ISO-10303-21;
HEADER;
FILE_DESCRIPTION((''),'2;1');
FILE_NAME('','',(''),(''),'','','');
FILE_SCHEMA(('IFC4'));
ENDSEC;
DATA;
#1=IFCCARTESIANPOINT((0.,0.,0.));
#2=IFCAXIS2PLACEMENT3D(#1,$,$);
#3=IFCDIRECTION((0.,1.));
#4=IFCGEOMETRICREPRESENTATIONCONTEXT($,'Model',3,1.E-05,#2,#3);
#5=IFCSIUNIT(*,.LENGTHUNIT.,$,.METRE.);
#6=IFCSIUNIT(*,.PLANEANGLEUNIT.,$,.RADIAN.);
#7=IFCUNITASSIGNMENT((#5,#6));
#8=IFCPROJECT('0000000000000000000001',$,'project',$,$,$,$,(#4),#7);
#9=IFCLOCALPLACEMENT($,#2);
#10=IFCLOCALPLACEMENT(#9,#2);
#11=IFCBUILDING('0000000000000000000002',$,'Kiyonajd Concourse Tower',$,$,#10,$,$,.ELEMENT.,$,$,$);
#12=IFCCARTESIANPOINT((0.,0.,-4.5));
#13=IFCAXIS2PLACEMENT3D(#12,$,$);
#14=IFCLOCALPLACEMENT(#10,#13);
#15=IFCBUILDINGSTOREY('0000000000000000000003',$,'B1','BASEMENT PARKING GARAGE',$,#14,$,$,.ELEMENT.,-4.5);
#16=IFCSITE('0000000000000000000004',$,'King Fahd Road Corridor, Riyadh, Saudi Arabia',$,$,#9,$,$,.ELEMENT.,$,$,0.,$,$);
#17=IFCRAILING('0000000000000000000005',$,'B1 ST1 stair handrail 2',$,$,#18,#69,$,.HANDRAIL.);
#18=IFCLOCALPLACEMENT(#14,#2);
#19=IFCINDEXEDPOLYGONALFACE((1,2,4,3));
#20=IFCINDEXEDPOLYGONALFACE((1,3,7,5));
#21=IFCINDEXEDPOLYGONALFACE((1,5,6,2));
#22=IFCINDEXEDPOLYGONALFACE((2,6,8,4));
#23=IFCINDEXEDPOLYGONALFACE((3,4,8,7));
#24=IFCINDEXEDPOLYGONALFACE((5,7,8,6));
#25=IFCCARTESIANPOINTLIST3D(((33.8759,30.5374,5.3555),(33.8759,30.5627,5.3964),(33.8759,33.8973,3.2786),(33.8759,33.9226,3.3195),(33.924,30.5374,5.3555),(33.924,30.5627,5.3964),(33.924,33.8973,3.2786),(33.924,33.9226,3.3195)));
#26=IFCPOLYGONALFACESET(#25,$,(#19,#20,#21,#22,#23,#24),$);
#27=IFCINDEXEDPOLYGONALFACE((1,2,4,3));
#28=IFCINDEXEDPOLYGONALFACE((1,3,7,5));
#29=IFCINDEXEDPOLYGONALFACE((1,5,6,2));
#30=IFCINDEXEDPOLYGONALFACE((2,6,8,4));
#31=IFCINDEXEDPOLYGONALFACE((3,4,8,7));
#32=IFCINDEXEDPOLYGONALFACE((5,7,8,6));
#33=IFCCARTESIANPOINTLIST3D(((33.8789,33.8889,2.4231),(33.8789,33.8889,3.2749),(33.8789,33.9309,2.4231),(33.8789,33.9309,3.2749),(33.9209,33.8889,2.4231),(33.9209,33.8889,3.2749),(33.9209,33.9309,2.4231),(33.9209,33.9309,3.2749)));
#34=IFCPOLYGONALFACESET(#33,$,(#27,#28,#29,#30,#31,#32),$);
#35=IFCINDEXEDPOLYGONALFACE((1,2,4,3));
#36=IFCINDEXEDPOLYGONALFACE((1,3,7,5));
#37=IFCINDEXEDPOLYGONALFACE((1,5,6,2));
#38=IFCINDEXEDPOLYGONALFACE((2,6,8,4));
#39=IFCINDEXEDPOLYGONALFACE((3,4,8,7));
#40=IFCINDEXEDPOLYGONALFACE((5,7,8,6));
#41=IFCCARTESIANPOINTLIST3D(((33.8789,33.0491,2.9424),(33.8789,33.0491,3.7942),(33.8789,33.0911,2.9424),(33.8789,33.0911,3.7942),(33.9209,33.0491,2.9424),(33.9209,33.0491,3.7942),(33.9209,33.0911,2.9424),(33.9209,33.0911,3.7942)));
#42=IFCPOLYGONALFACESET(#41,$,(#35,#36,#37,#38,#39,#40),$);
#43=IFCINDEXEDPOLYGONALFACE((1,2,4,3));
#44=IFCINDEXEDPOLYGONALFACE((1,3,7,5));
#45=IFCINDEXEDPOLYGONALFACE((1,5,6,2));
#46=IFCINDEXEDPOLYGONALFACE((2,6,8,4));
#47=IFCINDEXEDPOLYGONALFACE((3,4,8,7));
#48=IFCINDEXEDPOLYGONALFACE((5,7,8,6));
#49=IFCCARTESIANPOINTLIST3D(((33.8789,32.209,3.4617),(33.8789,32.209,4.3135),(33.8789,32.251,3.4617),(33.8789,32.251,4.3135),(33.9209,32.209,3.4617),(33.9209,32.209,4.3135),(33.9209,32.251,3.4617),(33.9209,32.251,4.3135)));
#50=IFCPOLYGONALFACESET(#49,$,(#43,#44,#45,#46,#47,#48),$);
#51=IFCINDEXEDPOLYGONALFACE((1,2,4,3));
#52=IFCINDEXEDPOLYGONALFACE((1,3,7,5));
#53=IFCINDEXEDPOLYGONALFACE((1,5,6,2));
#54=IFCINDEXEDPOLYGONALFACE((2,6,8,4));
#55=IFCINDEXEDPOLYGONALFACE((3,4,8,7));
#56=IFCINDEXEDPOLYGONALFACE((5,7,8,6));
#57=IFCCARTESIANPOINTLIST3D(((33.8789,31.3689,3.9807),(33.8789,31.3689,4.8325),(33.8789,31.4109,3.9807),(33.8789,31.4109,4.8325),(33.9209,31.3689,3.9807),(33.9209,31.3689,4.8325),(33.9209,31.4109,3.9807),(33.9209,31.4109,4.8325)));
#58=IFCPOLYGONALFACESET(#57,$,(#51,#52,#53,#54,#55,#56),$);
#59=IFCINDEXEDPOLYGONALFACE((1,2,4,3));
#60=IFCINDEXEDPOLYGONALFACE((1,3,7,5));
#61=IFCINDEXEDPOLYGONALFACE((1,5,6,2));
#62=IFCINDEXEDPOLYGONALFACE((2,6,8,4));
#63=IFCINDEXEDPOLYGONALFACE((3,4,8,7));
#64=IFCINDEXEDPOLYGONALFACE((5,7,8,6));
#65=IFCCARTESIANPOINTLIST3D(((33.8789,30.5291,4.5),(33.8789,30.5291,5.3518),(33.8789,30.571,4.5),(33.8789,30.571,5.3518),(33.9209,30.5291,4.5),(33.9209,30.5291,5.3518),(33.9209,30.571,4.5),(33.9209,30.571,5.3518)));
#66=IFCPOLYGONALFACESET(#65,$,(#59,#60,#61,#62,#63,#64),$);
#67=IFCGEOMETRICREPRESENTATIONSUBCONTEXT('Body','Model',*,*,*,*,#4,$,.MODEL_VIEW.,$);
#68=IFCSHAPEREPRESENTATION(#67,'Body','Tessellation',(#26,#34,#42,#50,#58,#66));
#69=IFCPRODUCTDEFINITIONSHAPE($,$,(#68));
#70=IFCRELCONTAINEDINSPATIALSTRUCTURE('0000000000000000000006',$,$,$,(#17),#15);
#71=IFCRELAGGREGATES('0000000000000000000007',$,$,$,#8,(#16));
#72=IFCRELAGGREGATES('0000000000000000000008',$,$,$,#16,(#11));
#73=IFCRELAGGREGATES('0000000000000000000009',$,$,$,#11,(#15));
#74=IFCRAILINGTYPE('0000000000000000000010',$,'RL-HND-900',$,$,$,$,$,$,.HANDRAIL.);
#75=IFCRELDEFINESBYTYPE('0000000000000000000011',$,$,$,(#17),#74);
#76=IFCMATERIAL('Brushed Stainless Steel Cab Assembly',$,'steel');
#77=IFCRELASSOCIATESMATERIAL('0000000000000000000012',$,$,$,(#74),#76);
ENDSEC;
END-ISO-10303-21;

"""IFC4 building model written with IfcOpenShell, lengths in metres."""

from ifc_helpers import new_model, si_unit, direction, frame, origin, origin_2d, place, context, subcontext, project, spatial, rectangle, extrude, material, type_object, element, save


model = new_model("IFC4")

# Units and contexts
model_context = context("Model", 3, precision=1e-05, world=origin(), true_north=direction((0.0, 1.0)))
body_context = subcontext(model_context, "Body", "Model", "MODEL_VIEW")
ifc_project = project(units=[si_unit("LENGTHUNIT", "METRE"), si_unit("PLANEANGLEUNIT", "RADIAN")], contexts=[model_context])

# Site, building, storey
site_placement = place(None, origin())
site = spatial("IfcSite", under=ifc_project, at=site_placement, Name="King Fahd Road Corridor, Riyadh, Saudi Arabia", CompositionType="ELEMENT", RefElevation=0.0)
building_placement = place(site_placement, origin())
building = spatial("IfcBuilding", under=site, at=building_placement, Name="Kiyonajd Concourse Tower", CompositionType="ELEMENT")
storey_placement = place(building_placement, frame((0.0, 0.0, -4.5)))
storey = spatial("IfcBuildingStorey", under=building, at=storey_placement, Name="B1", Description="BASEMENT PARKING GARAGE", CompositionType="ELEMENT", Elevation=-4.5)

# Shared definitions
ifc_material_1 = material(Name="Brushed Stainless Steel Cab Assembly", Category="steel")

# Railing
railing_type_1 = type_object("IfcRailingType", Name="RL-HND-900", PredefinedType="HANDRAIL", material=ifc_material_1)
railing_1_placement = place(storey_placement, frame((33.8999, 33.9099, 2.4231)))
element("IfcRailing", 1, at=railing_1_placement, inside=storey, type_object=railing_type_1, Name="B1 ST1 stair handrail 2", PredefinedType="HANDRAIL", context=body_context, shape_type="SweptSolid", body=[
    extrude(rectangle(XDim=0.0481, YDim=0.0481, at=origin_2d()), frame((0.0, 0.0, 0.876), z_axis=(0.0, -0.850606, 0.525803), x_axis=(1.0, 0.0, 0.0)), (0.0, 0.0, 1.0), 3.95),
    extrude(rectangle(XDim=0.042, YDim=0.042, at=origin_2d()), origin(), (0.0, 0.0, 1.0), 0.8518),
    extrude(rectangle(XDim=0.042, YDim=0.042, at=origin_2d()), frame((0.0, -0.8398, 0.5193)), (0.0, 0.0, 1.0), 0.8518),
    extrude(rectangle(XDim=0.042, YDim=0.042, at=origin_2d()), frame((0.0, -1.6799, 1.0386)), (0.0, 0.0, 1.0), 0.8518),
    extrude(rectangle(XDim=0.042, YDim=0.042, at=origin_2d()), frame((0.0, -2.52, 1.5576)), (0.0, 0.0, 1.0), 0.8518),
    extrude(rectangle(XDim=0.042, YDim=0.042, at=origin_2d()), frame((0.0, -3.3599, 2.0769)), (0.0, 0.0, 1.0), 0.8518),
])

save(model, "model.ifc")
